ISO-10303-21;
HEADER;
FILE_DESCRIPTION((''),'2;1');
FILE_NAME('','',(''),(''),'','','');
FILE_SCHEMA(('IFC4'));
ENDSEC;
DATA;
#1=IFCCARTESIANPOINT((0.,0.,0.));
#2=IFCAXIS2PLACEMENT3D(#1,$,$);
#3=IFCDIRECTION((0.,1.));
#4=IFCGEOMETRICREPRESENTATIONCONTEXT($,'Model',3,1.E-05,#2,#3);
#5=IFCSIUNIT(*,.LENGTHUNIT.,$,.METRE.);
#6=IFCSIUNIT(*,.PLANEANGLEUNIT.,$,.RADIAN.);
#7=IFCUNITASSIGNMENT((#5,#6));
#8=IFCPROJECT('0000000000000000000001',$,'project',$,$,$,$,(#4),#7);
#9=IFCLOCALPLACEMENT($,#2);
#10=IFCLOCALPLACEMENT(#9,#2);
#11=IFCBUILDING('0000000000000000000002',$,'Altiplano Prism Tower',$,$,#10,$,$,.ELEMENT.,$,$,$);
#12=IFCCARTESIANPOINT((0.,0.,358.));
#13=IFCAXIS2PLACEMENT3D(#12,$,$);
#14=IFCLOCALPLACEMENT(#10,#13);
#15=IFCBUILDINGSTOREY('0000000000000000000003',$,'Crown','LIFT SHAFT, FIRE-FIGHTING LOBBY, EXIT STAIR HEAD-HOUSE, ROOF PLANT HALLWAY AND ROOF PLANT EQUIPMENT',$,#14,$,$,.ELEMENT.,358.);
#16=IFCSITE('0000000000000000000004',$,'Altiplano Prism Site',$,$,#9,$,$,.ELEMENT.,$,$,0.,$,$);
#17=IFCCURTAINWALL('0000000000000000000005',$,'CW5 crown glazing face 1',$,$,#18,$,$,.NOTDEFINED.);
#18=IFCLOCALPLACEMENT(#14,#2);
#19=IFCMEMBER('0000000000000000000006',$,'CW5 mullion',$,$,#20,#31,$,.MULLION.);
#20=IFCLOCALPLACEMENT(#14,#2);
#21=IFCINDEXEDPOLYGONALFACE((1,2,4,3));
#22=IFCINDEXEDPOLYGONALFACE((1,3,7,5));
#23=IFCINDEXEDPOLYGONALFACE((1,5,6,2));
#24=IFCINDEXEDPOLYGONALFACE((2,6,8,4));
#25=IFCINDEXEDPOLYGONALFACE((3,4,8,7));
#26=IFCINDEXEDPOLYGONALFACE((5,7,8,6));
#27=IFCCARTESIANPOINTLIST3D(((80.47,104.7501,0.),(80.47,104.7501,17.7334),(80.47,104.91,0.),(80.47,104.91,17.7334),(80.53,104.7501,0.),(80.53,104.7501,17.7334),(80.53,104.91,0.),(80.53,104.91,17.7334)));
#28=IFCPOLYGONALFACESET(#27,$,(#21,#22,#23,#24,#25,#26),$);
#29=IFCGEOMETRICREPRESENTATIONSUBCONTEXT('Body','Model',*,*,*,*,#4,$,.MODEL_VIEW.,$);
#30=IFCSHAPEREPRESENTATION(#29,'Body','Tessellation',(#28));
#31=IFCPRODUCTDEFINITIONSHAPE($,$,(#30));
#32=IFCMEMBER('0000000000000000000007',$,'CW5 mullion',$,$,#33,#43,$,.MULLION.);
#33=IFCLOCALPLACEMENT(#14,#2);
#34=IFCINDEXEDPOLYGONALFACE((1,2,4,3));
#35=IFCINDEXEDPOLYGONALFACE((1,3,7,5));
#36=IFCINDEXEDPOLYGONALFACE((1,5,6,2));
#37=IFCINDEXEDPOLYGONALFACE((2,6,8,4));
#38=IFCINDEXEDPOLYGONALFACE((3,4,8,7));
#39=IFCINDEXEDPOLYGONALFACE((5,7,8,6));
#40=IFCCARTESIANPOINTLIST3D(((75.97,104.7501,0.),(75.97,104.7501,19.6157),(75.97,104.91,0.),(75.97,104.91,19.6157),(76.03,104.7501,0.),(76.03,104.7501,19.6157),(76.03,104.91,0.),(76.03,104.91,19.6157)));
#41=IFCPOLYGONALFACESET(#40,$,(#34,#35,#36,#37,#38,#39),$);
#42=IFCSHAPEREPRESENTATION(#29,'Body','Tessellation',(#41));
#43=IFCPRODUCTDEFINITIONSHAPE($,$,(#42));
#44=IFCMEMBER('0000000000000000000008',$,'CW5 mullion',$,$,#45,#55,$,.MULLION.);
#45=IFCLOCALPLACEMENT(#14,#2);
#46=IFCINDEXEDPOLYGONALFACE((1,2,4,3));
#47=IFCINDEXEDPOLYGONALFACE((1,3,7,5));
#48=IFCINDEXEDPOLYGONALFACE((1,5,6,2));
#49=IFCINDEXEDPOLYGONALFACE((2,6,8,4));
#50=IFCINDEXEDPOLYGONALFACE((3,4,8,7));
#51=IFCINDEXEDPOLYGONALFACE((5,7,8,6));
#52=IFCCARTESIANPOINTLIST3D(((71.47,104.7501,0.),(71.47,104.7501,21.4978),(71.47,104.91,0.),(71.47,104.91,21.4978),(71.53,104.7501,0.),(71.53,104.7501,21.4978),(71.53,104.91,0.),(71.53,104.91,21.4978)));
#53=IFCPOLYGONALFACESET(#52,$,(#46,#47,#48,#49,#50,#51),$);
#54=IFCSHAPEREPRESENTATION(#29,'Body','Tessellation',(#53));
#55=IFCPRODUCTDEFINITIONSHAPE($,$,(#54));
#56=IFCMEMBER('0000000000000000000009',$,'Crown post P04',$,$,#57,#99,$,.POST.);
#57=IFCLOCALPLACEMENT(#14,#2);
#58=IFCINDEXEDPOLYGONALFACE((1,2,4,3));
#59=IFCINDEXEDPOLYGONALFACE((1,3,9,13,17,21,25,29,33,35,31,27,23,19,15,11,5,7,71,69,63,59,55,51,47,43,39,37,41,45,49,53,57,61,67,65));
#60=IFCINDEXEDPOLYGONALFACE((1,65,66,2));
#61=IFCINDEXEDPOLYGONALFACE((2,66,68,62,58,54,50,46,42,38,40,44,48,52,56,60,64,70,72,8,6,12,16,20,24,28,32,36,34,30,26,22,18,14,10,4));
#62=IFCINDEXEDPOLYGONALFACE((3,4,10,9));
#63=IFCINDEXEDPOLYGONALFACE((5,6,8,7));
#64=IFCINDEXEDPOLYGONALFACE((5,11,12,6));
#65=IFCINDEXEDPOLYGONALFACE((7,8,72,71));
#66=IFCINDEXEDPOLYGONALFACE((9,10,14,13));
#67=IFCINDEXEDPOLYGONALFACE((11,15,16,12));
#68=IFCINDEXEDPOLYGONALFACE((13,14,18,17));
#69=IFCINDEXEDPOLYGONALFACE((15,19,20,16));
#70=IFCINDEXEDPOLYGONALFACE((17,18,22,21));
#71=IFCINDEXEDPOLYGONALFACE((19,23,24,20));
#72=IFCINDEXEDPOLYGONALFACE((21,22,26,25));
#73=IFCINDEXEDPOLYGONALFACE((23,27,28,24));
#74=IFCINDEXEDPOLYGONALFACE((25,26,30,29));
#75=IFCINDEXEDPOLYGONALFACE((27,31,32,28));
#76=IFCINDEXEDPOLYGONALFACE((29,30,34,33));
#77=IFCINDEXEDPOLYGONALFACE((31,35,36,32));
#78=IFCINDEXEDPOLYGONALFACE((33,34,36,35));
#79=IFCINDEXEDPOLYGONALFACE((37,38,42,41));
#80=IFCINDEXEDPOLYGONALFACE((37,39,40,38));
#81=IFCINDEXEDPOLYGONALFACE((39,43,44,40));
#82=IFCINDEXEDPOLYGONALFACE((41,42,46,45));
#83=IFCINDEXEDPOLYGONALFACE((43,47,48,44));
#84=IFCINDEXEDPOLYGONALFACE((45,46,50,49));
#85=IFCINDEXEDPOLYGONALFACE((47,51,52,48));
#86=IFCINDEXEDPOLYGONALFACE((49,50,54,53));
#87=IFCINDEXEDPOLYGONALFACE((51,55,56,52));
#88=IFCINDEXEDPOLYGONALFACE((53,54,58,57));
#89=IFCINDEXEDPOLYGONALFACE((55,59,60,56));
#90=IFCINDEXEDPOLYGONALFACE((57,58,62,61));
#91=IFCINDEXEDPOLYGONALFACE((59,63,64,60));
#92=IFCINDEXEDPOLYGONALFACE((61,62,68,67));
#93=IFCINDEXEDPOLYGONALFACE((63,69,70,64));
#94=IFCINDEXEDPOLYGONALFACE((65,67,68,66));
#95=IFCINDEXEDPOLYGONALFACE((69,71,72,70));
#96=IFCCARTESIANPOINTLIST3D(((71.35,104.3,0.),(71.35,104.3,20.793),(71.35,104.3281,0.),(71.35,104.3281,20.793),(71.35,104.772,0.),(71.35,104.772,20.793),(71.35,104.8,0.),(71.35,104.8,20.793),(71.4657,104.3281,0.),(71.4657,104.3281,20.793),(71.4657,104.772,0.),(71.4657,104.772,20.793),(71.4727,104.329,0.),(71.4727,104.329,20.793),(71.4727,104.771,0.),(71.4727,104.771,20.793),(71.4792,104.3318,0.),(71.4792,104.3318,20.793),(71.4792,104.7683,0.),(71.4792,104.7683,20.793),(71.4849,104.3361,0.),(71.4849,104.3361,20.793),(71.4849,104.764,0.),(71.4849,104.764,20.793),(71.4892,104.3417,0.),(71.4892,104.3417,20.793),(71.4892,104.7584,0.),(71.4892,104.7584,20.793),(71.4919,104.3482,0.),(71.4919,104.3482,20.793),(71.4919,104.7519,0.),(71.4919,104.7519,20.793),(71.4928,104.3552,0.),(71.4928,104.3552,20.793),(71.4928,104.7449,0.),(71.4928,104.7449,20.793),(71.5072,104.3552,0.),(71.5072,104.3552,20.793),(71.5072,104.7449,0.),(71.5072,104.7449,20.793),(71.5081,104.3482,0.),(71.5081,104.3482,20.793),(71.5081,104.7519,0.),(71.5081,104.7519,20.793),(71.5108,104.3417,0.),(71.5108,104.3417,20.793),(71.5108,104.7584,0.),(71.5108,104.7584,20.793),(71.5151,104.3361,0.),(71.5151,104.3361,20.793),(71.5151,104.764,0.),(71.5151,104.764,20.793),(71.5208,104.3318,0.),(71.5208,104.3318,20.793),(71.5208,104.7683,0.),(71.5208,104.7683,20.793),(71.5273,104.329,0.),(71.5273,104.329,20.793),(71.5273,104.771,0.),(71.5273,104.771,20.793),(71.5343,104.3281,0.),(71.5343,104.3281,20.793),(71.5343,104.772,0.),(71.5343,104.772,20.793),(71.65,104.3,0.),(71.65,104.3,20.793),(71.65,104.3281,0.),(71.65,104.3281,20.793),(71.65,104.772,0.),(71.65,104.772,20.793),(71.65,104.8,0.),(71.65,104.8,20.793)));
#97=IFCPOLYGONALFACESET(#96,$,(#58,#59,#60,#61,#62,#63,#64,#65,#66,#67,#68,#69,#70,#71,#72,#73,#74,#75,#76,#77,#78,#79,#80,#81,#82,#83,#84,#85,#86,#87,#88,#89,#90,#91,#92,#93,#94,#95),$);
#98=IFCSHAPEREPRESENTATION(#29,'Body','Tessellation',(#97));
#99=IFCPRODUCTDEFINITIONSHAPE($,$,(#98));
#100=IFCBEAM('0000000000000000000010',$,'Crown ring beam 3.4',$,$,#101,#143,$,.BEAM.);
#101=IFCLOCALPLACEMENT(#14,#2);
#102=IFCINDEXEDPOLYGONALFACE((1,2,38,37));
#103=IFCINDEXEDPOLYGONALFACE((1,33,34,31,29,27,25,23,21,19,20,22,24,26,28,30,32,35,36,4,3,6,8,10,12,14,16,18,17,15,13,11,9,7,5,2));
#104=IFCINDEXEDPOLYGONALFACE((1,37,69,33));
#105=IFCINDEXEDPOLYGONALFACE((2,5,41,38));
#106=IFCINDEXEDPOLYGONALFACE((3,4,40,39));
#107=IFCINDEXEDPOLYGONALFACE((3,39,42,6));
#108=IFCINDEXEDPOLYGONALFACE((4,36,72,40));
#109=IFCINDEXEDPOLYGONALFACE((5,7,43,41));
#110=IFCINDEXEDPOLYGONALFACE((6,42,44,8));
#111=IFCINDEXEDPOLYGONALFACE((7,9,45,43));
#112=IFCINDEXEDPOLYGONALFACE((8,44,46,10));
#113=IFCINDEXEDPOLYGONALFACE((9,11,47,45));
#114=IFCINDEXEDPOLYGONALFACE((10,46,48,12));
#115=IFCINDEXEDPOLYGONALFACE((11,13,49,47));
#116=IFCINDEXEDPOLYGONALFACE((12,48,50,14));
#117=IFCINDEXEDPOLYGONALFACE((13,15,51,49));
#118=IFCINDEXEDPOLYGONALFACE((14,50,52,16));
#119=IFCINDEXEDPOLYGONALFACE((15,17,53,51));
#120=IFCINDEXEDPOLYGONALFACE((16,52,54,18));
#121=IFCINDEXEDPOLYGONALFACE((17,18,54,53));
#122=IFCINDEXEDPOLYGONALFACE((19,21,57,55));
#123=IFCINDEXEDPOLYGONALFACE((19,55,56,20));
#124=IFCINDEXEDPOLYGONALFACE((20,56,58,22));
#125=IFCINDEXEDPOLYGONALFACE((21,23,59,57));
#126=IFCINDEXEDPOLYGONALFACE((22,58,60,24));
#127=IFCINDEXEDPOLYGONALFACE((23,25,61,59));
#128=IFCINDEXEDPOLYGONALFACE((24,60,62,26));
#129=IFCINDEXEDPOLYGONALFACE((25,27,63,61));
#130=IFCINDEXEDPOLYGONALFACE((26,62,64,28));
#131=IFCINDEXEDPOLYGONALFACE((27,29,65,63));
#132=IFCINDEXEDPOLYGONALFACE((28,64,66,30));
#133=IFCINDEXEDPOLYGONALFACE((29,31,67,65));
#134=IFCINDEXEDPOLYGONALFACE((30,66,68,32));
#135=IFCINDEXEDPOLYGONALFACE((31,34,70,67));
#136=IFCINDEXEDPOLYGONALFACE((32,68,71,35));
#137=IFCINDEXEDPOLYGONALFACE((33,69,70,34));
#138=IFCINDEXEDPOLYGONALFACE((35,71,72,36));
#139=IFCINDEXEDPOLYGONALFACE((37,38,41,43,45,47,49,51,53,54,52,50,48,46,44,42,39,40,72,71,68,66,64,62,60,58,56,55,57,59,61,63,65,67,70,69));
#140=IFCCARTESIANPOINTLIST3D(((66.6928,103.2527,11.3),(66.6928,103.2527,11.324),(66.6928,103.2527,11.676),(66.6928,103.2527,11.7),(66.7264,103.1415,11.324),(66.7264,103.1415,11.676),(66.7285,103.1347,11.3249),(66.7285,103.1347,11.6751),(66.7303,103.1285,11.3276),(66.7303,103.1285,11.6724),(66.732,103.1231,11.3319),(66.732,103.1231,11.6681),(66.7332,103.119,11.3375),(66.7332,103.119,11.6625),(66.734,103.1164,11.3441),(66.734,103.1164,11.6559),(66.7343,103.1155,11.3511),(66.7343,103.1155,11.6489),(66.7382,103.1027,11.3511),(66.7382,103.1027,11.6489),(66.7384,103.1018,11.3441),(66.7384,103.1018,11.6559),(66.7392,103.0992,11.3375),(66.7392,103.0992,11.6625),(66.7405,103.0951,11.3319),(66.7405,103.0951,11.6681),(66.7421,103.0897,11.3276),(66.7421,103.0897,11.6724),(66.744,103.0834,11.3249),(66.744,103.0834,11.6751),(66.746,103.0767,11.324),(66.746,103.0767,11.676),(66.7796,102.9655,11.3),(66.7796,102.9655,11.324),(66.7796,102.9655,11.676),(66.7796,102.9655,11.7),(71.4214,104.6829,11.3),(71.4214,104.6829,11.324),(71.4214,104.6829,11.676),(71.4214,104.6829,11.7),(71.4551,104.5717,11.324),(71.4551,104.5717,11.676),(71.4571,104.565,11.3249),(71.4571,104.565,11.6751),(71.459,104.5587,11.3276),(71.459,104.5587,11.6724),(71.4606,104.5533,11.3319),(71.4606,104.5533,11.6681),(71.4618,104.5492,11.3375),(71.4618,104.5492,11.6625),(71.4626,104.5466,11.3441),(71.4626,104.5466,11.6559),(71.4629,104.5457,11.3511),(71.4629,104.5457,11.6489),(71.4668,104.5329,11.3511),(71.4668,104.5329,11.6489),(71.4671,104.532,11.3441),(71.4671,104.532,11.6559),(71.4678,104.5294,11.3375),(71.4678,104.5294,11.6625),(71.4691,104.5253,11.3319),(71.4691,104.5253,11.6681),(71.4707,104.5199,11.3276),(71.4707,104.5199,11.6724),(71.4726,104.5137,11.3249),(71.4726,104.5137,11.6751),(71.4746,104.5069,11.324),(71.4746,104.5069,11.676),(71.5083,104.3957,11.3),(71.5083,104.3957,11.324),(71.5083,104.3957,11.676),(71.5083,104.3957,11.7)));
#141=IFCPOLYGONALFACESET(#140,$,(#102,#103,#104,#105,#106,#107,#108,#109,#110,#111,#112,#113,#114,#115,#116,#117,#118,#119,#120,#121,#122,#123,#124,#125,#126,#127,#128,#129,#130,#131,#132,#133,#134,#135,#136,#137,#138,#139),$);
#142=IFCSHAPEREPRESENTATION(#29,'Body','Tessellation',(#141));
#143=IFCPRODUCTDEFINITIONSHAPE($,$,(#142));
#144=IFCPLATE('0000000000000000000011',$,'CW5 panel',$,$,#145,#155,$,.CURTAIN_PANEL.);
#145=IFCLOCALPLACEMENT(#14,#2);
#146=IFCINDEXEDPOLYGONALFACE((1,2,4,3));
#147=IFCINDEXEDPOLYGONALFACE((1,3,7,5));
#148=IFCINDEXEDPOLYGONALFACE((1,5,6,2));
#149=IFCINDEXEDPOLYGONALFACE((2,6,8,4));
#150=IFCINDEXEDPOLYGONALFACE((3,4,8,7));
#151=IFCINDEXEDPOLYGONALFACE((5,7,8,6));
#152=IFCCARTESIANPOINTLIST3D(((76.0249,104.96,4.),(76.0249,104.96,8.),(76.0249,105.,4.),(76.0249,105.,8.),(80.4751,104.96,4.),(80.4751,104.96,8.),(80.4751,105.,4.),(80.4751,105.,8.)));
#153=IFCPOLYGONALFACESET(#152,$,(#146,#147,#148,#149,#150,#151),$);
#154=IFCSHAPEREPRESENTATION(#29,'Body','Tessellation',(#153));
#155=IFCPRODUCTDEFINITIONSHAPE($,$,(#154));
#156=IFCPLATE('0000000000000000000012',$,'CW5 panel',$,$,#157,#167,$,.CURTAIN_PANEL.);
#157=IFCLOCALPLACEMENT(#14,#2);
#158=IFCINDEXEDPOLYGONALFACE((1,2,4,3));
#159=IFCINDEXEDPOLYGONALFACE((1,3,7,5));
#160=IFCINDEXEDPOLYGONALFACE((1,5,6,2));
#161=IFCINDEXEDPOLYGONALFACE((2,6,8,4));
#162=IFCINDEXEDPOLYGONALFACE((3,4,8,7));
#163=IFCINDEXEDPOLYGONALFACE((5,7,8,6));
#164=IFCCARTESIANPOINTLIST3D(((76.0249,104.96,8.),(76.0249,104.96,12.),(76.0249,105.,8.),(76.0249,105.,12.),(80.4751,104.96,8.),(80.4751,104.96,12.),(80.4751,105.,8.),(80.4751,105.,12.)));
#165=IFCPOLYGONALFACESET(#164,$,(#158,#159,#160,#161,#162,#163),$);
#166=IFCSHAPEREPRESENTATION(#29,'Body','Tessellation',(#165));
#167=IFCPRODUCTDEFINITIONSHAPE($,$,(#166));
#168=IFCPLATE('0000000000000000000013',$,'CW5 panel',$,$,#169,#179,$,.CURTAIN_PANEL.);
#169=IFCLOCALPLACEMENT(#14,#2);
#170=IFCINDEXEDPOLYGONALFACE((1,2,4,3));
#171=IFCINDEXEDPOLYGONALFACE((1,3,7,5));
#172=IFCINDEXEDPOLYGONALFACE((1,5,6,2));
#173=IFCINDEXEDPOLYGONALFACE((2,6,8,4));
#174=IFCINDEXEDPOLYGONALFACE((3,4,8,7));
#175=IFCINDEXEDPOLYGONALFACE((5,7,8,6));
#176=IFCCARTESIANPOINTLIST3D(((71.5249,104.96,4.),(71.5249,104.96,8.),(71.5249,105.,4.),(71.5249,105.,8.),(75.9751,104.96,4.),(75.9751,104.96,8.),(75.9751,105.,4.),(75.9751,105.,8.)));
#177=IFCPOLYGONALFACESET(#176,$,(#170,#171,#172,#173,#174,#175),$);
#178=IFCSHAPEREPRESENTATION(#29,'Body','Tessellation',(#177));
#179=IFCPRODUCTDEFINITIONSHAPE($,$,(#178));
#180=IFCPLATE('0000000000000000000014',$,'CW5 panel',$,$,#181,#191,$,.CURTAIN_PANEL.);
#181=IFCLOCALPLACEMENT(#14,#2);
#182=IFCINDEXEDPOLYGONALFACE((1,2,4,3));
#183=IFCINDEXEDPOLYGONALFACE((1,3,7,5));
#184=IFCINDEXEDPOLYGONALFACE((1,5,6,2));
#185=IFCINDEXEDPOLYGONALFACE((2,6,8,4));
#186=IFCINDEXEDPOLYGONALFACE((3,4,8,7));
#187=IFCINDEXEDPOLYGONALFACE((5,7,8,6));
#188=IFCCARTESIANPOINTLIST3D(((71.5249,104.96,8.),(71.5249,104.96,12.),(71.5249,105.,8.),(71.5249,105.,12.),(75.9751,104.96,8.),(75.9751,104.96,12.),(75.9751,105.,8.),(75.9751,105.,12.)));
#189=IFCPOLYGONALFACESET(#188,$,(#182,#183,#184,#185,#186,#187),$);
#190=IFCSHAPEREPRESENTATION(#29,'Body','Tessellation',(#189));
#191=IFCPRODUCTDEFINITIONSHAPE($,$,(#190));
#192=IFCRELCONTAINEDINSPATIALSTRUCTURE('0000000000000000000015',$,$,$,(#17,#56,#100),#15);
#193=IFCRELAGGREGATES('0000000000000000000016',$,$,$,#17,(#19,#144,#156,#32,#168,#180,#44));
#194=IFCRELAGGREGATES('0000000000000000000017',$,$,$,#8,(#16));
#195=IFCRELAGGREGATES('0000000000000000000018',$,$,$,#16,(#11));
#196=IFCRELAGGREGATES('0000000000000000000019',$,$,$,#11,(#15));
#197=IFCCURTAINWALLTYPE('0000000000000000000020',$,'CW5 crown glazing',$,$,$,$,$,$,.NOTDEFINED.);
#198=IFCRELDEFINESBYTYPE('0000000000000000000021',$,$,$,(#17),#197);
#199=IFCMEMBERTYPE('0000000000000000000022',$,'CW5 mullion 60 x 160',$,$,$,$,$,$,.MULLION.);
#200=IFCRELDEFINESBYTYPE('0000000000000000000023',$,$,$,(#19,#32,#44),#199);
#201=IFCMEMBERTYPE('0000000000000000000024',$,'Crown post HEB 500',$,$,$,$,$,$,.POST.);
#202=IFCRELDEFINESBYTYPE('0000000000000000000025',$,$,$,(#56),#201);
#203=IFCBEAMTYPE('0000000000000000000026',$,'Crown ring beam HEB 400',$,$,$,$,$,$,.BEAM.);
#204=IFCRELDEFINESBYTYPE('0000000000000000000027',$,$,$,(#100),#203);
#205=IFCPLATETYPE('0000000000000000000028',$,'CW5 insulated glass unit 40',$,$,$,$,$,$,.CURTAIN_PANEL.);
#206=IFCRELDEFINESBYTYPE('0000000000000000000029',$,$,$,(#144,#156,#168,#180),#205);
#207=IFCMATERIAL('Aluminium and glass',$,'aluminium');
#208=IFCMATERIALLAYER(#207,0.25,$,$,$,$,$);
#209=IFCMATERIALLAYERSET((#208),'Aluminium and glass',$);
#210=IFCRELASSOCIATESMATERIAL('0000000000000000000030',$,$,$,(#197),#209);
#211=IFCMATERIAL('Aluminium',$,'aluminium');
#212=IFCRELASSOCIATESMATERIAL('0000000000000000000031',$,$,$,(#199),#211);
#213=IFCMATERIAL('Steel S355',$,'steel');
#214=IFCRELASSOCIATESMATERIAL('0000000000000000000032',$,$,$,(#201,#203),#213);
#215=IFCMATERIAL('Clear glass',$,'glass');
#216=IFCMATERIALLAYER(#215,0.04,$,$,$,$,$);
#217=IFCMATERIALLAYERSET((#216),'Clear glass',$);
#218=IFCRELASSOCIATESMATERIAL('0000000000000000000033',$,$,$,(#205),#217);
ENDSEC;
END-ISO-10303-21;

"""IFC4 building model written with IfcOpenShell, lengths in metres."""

from ifc_helpers import new_model, si_unit, direction, frame, origin, origin_2d, place, context, subcontext, project, spatial, polyline, rectangle, i_section, outline, extrude, material, layer, layer_set, material_profile, profile_set, type_object, element, aggregate, save


model = new_model("IFC4")

# Units and contexts
model_context = context("Model", 3, precision=1e-05, world=origin(), true_north=direction((0.0, 1.0)))
body_context = subcontext(model_context, "Body", "Model", "MODEL_VIEW")
ifc_project = project(units=[si_unit("LENGTHUNIT", "METRE"), si_unit("PLANEANGLEUNIT", "RADIAN")], contexts=[model_context])

# Site, building, storey
site_placement = place(None, origin())
site = spatial("IfcSite", under=ifc_project, at=site_placement, Name="Altiplano Prism Site", CompositionType="ELEMENT", RefElevation=0.0)
building_placement = place(site_placement, origin())
building = spatial("IfcBuilding", under=site, at=building_placement, Name="Altiplano Prism Tower", CompositionType="ELEMENT")
storey_placement = place(building_placement, frame((0.0, 0.0, 358.0)))
storey = spatial("IfcBuildingStorey", under=building, at=storey_placement, Name="Crown", Description="LIFT SHAFT, FIRE-FIGHTING LOBBY, EXIT STAIR HEAD-HOUSE, ROOF PLANT HALLWAY AND ROOF PLANT EQUIPMENT", CompositionType="ELEMENT", Elevation=358.0)

# Curtain wall, members
ifc_material_1 = material(Name="Aluminium and glass", Category="aluminium")
ifc_layer_1 = layer(ifc_material_1, 0.25)
ifc_layer_set_1 = layer_set([ifc_layer_1], Name="Aluminium and glass")
curtain_wall_type = type_object("IfcCurtainWallType", Name="CW5 crown glazing", PredefinedType="NOTDEFINED", material=ifc_layer_set_1)
curtain_wall_placement = place(storey_placement, origin())
curtain_wall = element("IfcCurtainWall", 1, at=curtain_wall_placement, inside=storey, type_object=curtain_wall_type, Name="CW5 crown glazing face 1", PredefinedType="NOTDEFINED")
ifc_material_2 = material(Name="Aluminium", Category="aluminium")
ifc_material_profile_1 = material_profile(ifc_material_2, rectangle(XDim=0.1599, YDim=0.0601, at=origin_2d()), Name="CW5 mullion 60 x 160")
ifc_profile_set_1 = profile_set([ifc_material_profile_1], Name="Aluminium")
member_type_1 = type_object("IfcMemberType", Name="CW5 mullion 60 x 160", PredefinedType="MULLION", material=ifc_profile_set_1)
member_1_placement = place(storey_placement, frame((80.5, 104.8301, 0.0), z_axis=(0.0, 0.0, 1.0), x_axis=(0.0, -1.0, 0.0)))
member_1 = element("IfcMember", 2, at=member_1_placement, type_object=member_type_1, Name="CW5 mullion", PredefinedType="MULLION", context=body_context, shape_type="SweptSolid", body=[
    extrude(rectangle(XDim=0.1599, YDim=0.0601, at=origin_2d()), origin(), (0.0, 0.0, 1.0), 17.7334),
])
member_2_placement = place(storey_placement, frame((76.0, 104.8301, 0.0), z_axis=(0.0, 0.0, 1.0), x_axis=(0.0, -1.0, 0.0)))
member_2 = element("IfcMember", 3, at=member_2_placement, type_object=member_type_1, Name="CW5 mullion", PredefinedType="MULLION", context=body_context, shape_type="SweptSolid", body=[
    extrude(rectangle(XDim=0.1599, YDim=0.0601, at=origin_2d()), origin(), (0.0, 0.0, 1.0), 19.6157),
])
member_3_placement = place(storey_placement, frame((71.5, 104.8301, 0.0), z_axis=(0.0, 0.0, 1.0), x_axis=(0.0, -1.0, 0.0)))
member_3 = element("IfcMember", 4, at=member_3_placement, type_object=member_type_1, Name="CW5 mullion", PredefinedType="MULLION", context=body_context, shape_type="SweptSolid", body=[
    extrude(rectangle(XDim=0.1599, YDim=0.0601, at=origin_2d()), origin(), (0.0, 0.0, 1.0), 21.4978),
])

# Member
ifc_material_3 = material(Name="Steel S355", Category="steel")
ifc_material_profile_2 = material_profile(ifc_material_3, i_section(OverallWidth=0.3, OverallDepth=0.5, WebThickness=0.0144, FlangeThickness=0.0281, FilletRadius=0.0271, at=origin_2d()), Name="Crown post HEB 500")
ifc_profile_set_2 = profile_set([ifc_material_profile_2], Name="Steel S355")
member_type_2 = type_object("IfcMemberType", Name="Crown post HEB 500", PredefinedType="POST", material=ifc_profile_set_2)
member_4_placement = place(storey_placement, frame((71.5, 104.55, 0.0), z_axis=(0.0, 0.0, 1.0), x_axis=(1.0, 0.0, 0.0)))
element("IfcMember", 5, at=member_4_placement, inside=storey, type_object=member_type_2, Name="Crown post P04", PredefinedType="POST", context=body_context, shape_type="SweptSolid", body=[
    extrude(i_section(OverallWidth=0.3, OverallDepth=0.5, WebThickness=0.0144, FlangeThickness=0.0281, FilletRadius=0.0271, at=origin_2d()), origin(), (0.0, 0.0, 1.0), 20.793),
])

# Beam
ifc_material_profile_3 = material_profile(ifc_material_3, i_section(OverallWidth=0.3, OverallDepth=0.3999, WebThickness=0.0134, FlangeThickness=0.0239, FilletRadius=0.0271, at=origin_2d()), Name="Crown ring beam HEB 400")
ifc_profile_set_3 = profile_set([ifc_material_profile_3], Name="Steel S355")
beam_type = type_object("IfcBeamType", Name="Crown ring beam HEB 400", PredefinedType="BEAM", material=ifc_profile_set_3)
beam_placement = place(storey_placement, frame((71.4648, 104.5393, 11.5), z_axis=(-0.957176, -0.289505, 0.0), x_axis=(0.289505, -0.957176, 0.0)))
element("IfcBeam", 6, at=beam_placement, inside=storey, type_object=beam_type, Name="Crown ring beam 3.4", PredefinedType="BEAM", context=body_context, shape_type="SweptSolid", body=[
    extrude(i_section(OverallWidth=0.3, OverallDepth=0.3999, WebThickness=0.0134, FlangeThickness=0.0239, FilletRadius=0.0271, at=origin_2d()), origin(), (0.0, 0.0, 1.0), 4.9402),
])

# Plates
ifc_material_4 = material(Name="Clear glass", Category="glass")
ifc_layer_2 = layer(ifc_material_4, 0.04)
ifc_layer_set_2 = layer_set([ifc_layer_2], Name="Clear glass")
plate_type_1 = type_object("IfcPlateType", Name="CW5 insulated glass unit 40", PredefinedType="CURTAIN_PANEL", material=ifc_layer_set_2)
plate_1_placement = place(storey_placement, frame((80.4751, 105.0, 4.0), z_axis=(0.0, 1.0, 0.0), x_axis=(-1.0, 0.0, 0.0)))
plate_1 = element("IfcPlate", 7, at=plate_1_placement, type_object=plate_type_1, Name="CW5 panel", PredefinedType="CURTAIN_PANEL", context=body_context, shape_type="SweptSolid", body=[
    extrude(outline(polyline([(0.0, 0.0), (4.4502, 0.0), (4.4502, 4.0), (0.0, 4.0), (0.0, 0.0)])), origin(), (0.0, 0.0, -1.0), 0.04),
])
plate_2_placement = place(storey_placement, frame((80.4751, 105.0, 8.0), z_axis=(0.0, 1.0, 0.0), x_axis=(-1.0, 0.0, 0.0)))
plate_2 = element("IfcPlate", 8, at=plate_2_placement, type_object=plate_type_1, Name="CW5 panel", PredefinedType="CURTAIN_PANEL", context=body_context, shape_type="SweptSolid", body=[
    extrude(outline(polyline([(0.0, 0.0), (4.4502, 0.0), (4.4502, 4.0), (0.0, 4.0), (0.0, 0.0)])), origin(), (0.0, 0.0, -1.0), 0.04),
])
plate_3_placement = place(storey_placement, frame((75.9751, 105.0, 4.0), z_axis=(0.0, 1.0, 0.0), x_axis=(-1.0, 0.0, 0.0)))
plate_3 = element("IfcPlate", 9, at=plate_3_placement, type_object=plate_type_1, Name="CW5 panel", PredefinedType="CURTAIN_PANEL", context=body_context, shape_type="SweptSolid", body=[
    extrude(outline(polyline([(0.0, 0.0), (4.4502, 0.0), (4.4502, 4.0), (0.0, 4.0), (0.0, 0.0)])), origin(), (0.0, 0.0, -1.0), 0.04),
])
plate_4_placement = place(storey_placement, frame((75.9751, 105.0, 8.0), z_axis=(0.0, 1.0, 0.0), x_axis=(-1.0, 0.0, 0.0)))
plate_4 = element("IfcPlate", 10, at=plate_4_placement, type_object=plate_type_1, Name="CW5 panel", PredefinedType="CURTAIN_PANEL", context=body_context, shape_type="SweptSolid", body=[
    extrude(outline(polyline([(0.0, 0.0), (4.4502, 0.0), (4.4502, 4.0), (0.0, 4.0), (0.0, 0.0)])), origin(), (0.0, 0.0, -1.0), 0.04),
])
aggregate(curtain_wall, [member_1, plate_1, plate_2, member_2, plate_3, plate_4, member_3])

save(model, "model.ifc")
